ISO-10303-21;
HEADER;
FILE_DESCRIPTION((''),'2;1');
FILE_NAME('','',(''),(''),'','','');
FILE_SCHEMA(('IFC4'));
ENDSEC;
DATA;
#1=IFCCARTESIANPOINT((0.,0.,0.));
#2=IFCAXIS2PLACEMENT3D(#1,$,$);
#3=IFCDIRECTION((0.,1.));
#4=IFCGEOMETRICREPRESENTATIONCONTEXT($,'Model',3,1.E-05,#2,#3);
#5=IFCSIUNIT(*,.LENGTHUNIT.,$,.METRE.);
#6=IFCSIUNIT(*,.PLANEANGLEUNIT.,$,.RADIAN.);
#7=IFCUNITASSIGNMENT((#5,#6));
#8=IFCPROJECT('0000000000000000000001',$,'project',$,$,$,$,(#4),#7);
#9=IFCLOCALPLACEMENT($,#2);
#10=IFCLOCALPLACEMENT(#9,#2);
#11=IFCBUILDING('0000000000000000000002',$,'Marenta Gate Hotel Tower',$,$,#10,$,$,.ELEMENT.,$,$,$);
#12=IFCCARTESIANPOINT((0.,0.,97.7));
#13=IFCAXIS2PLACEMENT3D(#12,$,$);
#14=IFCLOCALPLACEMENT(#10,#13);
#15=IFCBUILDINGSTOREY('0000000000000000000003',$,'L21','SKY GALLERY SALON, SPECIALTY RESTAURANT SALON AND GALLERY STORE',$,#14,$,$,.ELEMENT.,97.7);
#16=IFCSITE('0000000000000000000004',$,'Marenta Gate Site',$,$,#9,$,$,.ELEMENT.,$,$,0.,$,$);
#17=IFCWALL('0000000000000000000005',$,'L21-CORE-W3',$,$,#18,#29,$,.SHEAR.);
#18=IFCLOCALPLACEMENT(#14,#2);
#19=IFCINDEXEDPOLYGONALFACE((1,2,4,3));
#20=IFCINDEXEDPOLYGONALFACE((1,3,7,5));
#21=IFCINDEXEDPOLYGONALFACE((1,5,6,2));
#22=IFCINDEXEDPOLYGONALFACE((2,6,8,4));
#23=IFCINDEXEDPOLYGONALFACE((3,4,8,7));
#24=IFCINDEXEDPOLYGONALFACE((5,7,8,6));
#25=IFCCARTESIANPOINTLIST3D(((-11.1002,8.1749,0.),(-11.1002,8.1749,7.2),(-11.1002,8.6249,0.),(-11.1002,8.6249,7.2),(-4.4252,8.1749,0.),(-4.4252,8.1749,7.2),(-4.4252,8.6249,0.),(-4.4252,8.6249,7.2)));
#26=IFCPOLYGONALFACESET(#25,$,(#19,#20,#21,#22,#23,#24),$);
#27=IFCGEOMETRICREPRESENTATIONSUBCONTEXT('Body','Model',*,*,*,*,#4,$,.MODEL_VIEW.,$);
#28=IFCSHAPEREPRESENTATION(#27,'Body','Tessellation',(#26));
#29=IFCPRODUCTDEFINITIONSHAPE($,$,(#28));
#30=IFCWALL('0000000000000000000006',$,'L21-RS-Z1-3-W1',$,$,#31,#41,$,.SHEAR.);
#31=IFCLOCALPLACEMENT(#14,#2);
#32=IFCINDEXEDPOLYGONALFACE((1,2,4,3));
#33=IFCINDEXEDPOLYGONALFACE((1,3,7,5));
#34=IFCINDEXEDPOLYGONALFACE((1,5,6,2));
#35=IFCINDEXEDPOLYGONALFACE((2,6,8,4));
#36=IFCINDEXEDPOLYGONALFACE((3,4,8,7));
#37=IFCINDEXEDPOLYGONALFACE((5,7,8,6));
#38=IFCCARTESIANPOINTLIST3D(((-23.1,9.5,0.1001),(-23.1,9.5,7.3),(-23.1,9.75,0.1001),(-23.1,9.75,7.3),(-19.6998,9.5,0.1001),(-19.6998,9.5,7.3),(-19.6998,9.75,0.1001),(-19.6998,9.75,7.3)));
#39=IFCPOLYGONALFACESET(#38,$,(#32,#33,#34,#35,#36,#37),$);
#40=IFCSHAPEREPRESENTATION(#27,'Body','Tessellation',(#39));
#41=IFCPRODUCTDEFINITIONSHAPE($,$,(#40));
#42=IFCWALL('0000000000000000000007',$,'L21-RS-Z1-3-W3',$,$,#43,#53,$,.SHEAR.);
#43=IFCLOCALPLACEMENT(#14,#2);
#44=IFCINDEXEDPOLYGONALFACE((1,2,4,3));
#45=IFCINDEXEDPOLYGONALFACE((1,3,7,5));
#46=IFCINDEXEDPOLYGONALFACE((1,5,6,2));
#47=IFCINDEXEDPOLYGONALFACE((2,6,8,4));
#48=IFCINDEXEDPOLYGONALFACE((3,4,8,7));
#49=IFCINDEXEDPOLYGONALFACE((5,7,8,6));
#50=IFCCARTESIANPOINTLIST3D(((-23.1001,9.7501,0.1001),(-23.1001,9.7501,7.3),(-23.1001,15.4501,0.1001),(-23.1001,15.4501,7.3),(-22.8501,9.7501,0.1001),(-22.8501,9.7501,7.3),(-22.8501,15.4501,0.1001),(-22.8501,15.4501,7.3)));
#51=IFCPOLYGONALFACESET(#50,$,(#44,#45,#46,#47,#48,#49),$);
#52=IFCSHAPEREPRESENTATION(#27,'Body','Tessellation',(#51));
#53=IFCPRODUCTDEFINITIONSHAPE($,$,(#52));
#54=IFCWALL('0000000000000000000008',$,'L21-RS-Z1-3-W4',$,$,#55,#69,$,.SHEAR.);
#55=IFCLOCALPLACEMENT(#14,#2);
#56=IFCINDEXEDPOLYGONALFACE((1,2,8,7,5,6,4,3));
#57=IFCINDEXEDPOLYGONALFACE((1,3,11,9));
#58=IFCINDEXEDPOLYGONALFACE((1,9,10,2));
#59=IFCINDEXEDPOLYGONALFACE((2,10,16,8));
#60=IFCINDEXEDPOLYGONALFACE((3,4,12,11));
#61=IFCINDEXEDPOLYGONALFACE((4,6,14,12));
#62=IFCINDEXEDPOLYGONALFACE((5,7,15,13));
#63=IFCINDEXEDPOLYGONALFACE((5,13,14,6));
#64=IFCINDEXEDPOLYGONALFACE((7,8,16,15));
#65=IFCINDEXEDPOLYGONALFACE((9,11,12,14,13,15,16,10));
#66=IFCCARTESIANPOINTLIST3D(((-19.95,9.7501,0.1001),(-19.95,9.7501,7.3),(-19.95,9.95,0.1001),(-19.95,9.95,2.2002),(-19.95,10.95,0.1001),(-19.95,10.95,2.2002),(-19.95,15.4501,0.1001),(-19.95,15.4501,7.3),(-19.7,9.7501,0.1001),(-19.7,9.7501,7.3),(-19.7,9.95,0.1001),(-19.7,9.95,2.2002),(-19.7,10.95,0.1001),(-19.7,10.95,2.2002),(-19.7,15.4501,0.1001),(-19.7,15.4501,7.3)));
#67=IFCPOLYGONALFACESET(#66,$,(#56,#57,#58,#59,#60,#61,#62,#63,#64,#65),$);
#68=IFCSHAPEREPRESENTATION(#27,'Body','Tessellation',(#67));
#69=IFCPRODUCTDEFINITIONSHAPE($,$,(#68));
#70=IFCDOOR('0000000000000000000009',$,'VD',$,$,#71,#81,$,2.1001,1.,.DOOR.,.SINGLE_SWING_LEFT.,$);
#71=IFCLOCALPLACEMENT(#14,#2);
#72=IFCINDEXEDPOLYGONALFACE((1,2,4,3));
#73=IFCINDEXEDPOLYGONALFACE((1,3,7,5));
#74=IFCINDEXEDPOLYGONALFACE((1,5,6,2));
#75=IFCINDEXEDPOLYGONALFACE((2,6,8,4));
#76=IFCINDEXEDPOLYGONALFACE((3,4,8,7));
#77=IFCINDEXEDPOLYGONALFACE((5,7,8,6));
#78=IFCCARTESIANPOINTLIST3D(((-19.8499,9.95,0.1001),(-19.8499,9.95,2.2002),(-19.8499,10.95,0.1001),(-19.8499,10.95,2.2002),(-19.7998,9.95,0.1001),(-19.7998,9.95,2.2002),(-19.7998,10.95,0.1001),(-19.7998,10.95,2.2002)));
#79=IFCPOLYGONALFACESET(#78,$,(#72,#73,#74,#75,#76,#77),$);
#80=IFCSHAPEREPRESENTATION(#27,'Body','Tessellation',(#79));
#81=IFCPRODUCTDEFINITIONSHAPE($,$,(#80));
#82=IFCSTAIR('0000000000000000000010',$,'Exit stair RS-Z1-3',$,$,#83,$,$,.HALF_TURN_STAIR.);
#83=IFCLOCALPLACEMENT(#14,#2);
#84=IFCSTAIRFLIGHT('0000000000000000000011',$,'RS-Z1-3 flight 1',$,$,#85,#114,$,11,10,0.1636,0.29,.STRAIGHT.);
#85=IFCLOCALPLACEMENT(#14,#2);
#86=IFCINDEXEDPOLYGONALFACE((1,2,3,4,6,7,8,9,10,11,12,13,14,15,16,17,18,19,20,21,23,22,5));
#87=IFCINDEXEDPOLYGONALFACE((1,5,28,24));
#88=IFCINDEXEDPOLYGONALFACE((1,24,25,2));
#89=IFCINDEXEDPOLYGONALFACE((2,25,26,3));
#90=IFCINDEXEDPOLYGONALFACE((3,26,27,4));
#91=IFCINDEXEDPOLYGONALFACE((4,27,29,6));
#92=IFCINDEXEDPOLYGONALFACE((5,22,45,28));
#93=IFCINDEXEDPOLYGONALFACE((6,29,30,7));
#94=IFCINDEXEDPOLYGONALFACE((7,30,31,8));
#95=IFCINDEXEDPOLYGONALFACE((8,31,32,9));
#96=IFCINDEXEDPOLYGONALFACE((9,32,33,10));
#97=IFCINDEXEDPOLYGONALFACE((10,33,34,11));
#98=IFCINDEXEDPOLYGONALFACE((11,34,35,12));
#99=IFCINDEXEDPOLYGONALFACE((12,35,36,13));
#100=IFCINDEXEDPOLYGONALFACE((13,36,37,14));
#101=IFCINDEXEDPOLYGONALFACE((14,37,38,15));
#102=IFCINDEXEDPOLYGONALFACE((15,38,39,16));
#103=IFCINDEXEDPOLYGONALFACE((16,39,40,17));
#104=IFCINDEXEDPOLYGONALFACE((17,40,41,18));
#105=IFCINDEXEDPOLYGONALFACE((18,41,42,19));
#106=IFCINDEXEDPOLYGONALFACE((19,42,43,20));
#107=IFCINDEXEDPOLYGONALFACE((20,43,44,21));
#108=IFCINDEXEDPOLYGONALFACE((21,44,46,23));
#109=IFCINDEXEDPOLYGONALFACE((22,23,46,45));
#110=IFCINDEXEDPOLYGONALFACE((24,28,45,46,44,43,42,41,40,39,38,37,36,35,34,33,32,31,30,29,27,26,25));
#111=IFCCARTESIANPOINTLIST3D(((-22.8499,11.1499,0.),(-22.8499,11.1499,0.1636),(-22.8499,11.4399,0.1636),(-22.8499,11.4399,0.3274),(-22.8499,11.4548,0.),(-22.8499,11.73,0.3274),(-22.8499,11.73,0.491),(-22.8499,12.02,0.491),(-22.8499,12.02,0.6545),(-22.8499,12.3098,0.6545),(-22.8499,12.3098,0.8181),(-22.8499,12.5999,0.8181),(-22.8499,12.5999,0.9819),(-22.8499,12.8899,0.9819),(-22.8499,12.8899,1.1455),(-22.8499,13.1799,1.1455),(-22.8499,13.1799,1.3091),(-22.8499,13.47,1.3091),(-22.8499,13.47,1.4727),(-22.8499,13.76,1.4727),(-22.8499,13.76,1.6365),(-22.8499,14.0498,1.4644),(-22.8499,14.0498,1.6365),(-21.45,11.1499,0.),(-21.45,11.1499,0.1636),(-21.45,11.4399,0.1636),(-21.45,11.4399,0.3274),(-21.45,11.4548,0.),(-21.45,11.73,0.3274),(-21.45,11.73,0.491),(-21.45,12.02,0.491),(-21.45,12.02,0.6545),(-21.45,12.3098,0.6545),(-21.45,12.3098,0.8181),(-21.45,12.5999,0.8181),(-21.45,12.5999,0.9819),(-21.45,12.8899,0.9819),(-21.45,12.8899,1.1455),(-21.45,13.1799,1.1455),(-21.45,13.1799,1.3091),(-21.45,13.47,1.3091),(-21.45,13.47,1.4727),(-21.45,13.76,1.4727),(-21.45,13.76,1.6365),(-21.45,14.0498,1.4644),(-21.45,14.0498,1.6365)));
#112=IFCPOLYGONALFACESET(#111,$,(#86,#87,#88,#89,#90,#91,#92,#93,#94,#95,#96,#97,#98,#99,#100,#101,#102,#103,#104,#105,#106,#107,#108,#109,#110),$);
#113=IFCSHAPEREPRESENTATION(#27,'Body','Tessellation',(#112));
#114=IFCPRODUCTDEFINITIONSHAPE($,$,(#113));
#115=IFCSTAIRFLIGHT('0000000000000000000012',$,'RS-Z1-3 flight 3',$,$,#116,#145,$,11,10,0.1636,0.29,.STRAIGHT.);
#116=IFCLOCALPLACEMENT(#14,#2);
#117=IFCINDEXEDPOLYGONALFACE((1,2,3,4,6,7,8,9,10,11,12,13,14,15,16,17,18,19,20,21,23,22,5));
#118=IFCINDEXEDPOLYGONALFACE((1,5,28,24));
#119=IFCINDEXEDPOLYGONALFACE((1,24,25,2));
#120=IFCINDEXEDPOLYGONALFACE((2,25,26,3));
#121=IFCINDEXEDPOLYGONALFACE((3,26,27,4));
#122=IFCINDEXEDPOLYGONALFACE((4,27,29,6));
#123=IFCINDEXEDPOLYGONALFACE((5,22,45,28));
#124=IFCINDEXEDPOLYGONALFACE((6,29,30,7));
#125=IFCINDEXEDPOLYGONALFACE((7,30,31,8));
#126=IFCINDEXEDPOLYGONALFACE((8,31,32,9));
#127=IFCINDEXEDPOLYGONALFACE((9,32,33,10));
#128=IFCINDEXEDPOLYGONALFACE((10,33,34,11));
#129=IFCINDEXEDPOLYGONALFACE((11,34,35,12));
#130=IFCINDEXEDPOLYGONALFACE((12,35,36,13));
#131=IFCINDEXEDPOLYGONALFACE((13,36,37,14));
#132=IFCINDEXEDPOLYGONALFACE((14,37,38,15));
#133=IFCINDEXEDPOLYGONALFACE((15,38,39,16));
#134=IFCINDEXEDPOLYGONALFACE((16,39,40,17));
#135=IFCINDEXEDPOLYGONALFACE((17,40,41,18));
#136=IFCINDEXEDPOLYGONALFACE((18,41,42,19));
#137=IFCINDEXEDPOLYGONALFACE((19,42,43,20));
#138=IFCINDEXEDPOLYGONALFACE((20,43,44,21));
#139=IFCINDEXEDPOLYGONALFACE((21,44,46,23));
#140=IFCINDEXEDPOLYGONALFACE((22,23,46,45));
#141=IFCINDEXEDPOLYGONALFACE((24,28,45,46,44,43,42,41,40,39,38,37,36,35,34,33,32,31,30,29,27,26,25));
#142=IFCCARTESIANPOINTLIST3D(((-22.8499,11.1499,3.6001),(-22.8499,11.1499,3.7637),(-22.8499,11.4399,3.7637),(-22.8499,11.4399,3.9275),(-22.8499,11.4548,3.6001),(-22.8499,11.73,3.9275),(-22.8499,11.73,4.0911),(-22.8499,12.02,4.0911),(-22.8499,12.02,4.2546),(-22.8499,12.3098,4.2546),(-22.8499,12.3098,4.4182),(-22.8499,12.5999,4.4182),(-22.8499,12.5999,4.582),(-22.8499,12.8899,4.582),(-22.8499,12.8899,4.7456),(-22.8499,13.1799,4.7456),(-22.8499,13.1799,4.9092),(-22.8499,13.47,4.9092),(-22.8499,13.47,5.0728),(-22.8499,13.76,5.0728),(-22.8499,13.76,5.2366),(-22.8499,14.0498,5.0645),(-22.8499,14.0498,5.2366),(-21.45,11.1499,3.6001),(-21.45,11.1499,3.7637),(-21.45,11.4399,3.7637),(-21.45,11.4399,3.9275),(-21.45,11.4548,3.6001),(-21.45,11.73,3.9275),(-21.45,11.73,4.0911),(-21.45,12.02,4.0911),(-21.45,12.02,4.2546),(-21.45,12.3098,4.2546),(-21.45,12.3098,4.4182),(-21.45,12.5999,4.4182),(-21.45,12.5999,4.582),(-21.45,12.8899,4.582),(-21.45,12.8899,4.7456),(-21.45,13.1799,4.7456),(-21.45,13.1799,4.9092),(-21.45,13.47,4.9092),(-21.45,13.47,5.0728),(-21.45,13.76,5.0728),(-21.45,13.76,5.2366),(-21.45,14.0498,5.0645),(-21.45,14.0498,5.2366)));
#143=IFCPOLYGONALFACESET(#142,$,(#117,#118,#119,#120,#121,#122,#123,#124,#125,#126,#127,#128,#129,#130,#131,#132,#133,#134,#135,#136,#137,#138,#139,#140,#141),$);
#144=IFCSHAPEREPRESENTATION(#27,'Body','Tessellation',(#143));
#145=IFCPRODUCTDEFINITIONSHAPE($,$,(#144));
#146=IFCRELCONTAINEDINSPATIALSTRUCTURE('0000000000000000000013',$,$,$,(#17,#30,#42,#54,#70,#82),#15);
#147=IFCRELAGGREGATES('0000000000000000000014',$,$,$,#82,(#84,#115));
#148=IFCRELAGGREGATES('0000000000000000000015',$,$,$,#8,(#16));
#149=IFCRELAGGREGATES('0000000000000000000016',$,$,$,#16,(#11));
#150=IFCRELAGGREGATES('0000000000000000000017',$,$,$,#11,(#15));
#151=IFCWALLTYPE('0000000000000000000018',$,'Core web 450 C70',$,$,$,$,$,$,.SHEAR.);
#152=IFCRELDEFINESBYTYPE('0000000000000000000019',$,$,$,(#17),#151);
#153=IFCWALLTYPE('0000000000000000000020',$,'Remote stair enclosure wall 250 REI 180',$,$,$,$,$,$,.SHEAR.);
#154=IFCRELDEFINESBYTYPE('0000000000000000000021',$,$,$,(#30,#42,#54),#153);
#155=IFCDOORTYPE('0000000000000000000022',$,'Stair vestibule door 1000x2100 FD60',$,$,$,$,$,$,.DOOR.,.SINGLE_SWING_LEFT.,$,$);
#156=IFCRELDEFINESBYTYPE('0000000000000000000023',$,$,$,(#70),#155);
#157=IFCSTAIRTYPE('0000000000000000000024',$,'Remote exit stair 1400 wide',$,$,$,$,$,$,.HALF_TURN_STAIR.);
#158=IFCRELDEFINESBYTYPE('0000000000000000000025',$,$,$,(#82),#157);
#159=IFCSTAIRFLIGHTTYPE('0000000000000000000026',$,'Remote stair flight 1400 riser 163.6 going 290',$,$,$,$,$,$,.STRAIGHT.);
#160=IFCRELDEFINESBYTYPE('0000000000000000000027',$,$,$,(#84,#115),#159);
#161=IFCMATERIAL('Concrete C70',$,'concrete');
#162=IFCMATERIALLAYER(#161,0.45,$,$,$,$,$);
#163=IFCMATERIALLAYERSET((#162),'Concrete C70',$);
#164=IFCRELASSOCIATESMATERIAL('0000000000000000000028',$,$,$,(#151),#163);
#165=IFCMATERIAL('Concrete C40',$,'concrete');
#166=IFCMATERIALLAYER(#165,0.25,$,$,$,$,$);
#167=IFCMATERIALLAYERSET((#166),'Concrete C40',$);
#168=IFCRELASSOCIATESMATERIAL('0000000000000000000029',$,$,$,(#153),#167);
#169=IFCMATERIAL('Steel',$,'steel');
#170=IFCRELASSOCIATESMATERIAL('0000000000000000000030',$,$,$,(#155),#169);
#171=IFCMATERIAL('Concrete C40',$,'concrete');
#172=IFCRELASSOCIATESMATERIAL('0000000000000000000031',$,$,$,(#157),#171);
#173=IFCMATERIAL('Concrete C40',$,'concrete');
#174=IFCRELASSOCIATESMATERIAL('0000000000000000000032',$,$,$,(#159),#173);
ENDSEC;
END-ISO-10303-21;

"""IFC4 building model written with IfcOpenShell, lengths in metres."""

from ifc_helpers import new_model, si_unit, direction, frame, frame_2d, origin, place, context, subcontext, project, spatial, polyline, rectangle, outline, extrude, material, layer, layer_set, type_object, element, fill, aggregate, save


model = new_model("IFC4")

# Units and contexts
model_context = context("Model", 3, precision=1e-05, world=origin(), true_north=direction((0.0, 1.0)))
body_context = subcontext(model_context, "Body", "Model", "MODEL_VIEW")
ifc_project = project(units=[si_unit("LENGTHUNIT", "METRE"), si_unit("PLANEANGLEUNIT", "RADIAN")], contexts=[model_context])

# Site, building, storey
site_placement = place(None, origin())
site = spatial("IfcSite", under=ifc_project, at=site_placement, Name="Marenta Gate Site", CompositionType="ELEMENT", RefElevation=0.0)
building_placement = place(site_placement, origin())
building = spatial("IfcBuilding", under=site, at=building_placement, Name="Marenta Gate Hotel Tower", CompositionType="ELEMENT")
storey_placement = place(building_placement, frame((0.0, 0.0, 97.7)))
storey = spatial("IfcBuildingStorey", under=building, at=storey_placement, Name="L21", Description="SKY GALLERY SALON, SPECIALTY RESTAURANT SALON AND GALLERY STORE", CompositionType="ELEMENT", Elevation=97.7)

# Walls
ifc_material_1 = material(Name="Concrete C70", Category="concrete")
ifc_layer_1 = layer(ifc_material_1, 0.45)
ifc_layer_set_1 = layer_set([ifc_layer_1], Name="Concrete C70")
wall_type_1 = type_object("IfcWallType", Name="Core web 450 C70", PredefinedType="SHEAR", material=ifc_layer_set_1)
wall_1_placement = place(storey_placement, frame((-11.1001, 8.3999, 0.0), z_axis=(0.0, 0.0, 1.0), x_axis=(1.0, 0.0, 0.0)))
element("IfcWall", 1, at=wall_1_placement, inside=storey, type_object=wall_type_1, Name="L21-CORE-W3", PredefinedType="SHEAR", context=body_context, shape_type="SweptSolid", body=[
    extrude(rectangle(XDim=6.675, YDim=0.45, at=frame_2d((3.3374, 0.0))), origin(), (0.0, 0.0, 1.0), 7.2),
])
ifc_material_2 = material(Name="Concrete C40", Category="concrete")
ifc_layer_2 = layer(ifc_material_2, 0.25)
ifc_layer_set_2 = layer_set([ifc_layer_2], Name="Concrete C40")
wall_type_2 = type_object("IfcWallType", Name="Remote stair enclosure wall 250 REI 180", PredefinedType="SHEAR", material=ifc_layer_set_2)
wall_2_placement = place(storey_placement, frame((-23.1001, 9.625, 0.1001), z_axis=(0.0, 0.0, 1.0), x_axis=(1.0, 0.0, 0.0)))
element("IfcWall", 2, at=wall_2_placement, inside=storey, type_object=wall_type_2, Name="L21-RS-Z1-3-W1", PredefinedType="SHEAR", context=body_context, shape_type="SweptSolid", body=[
    extrude(rectangle(XDim=3.4001, YDim=0.25, at=frame_2d((1.7002, 0.0))), origin(), (0.0, 0.0, 1.0), 7.2),
])
wall_3_placement = place(storey_placement, frame((-22.9751, 9.75, 0.1001), z_axis=(0.0, 0.0, 1.0), x_axis=(0.0, 1.0, 0.0)))
element("IfcWall", 3, at=wall_3_placement, inside=storey, type_object=wall_type_2, Name="L21-RS-Z1-3-W3", PredefinedType="SHEAR", context=body_context, shape_type="SweptSolid", body=[
    extrude(rectangle(XDim=5.7, YDim=0.25, at=frame_2d((2.8501, 0.0))), origin(), (0.0, 0.0, 1.0), 7.2),
])

# Wall, opening, door
wall_4_placement = place(storey_placement, frame((-19.825, 9.75, 0.1001), z_axis=(0.0, 0.0, 1.0), x_axis=(0.0, 1.0, 0.0)))
wall_4 = element("IfcWall", 4, at=wall_4_placement, inside=storey, type_object=wall_type_2, Name="L21-RS-Z1-3-W4", PredefinedType="SHEAR", context=body_context, shape_type="SweptSolid", body=[
    extrude(rectangle(XDim=5.7, YDim=0.25, at=frame_2d((2.8501, 0.0))), origin(), (0.0, 0.0, 1.0), 7.2),
])
opening_1_placement = place(wall_4_placement, frame((0.2, 0.0, 0.0)))
opening_1 = element("IfcOpeningElement", 5, at=opening_1_placement, cuts=wall_4, PredefinedType="OPENING", context=body_context, shape_type="SweptSolid", body=[
    extrude(rectangle(XDim=1.0, YDim=2.1001, at=frame_2d((0.5, 1.05))), frame((0.0, 0.125, 0.0), z_axis=(0.0, -1.0, 0.0), x_axis=(1.0, 0.0, 0.0)), (0.0, 0.0, 1.0), 0.25),
])
ifc_material_3 = material(Name="Steel", Category="steel")
door_type_1 = type_object("IfcDoorType", Name="Stair vestibule door 1000x2100 FD60", OperationType="SINGLE_SWING_LEFT", PredefinedType="DOOR", material=ifc_material_3)
door_1_placement = place(opening_1_placement, origin())
door_1 = element("IfcDoor", 6, at=door_1_placement, inside=storey, type_object=door_type_1, Name="VD", OperationType="SINGLE_SWING_LEFT", OverallHeight=2.1001, OverallWidth=1.0, PredefinedType="DOOR", context=body_context, shape_type="SweptSolid", body=[
    extrude(rectangle(XDim=1.0, YDim=2.1001, at=frame_2d((0.5, 1.05))), frame((0.0, 0.0249, 0.0), z_axis=(0.0, -1.0, 0.0), x_axis=(1.0, 0.0, 0.0)), (0.0, 0.0, 1.0), 0.05),
])
fill(opening_1, door_1)

# Stair, stair flights
ifc_material_4 = material(Name="Concrete C40", Category="concrete")
stair_type = type_object("IfcStairType", Name="Remote exit stair 1400 wide", PredefinedType="HALF_TURN_STAIR", material=ifc_material_4)
stair_placement = place(storey_placement, origin())
stair = element("IfcStair", 7, at=stair_placement, inside=storey, type_object=stair_type, Name="Exit stair RS-Z1-3", PredefinedType="HALF_TURN_STAIR")
ifc_material_5 = material(Name="Concrete C40", Category="concrete")
stair_flight_type = type_object("IfcStairFlightType", Name="Remote stair flight 1400 riser 163.6 going 290", PredefinedType="STRAIGHT", material=ifc_material_5)
stair_flight_1_placement = place(storey_placement, frame((-22.1499, 11.1499, 0.0), z_axis=(0.0, 0.0, 1.0), x_axis=(0.0, 1.0, 0.0)))
stair_flight_1 = element("IfcStairFlight", 8, at=stair_flight_1_placement, type_object=stair_flight_type, Name="RS-Z1-3 flight 1", NumberOfRisers=11, NumberOfTreads=10, PredefinedType="STRAIGHT", RiserHeight=0.1636, TreadLength=0.29, context=body_context, shape_type="SweptSolid", body=[
    extrude(outline(polyline([(0.0, 0.0), (0.0, 0.1636), (0.29, 0.1636), (0.29, 0.3274), (0.5801, 0.3274), (0.5801, 0.491), (0.8701, 0.491), (0.8701, 0.6545), (1.1599, 0.6545), (1.1599, 0.8181), (1.45, 0.8181), (1.45, 0.9819), (1.74, 0.9819), (1.74, 1.1455), (2.03, 1.1455), (2.03, 1.3091), (2.3201, 1.3091), (2.3201, 1.4727), (2.6101, 1.4727), (2.6101, 1.6365), (2.8999, 1.6365), (2.8999, 1.8), (2.8999, 1.4644), (0.3049, 0.0), (0.0, 0.0)])), frame((0.0, 0.7, 0.0), z_axis=(0.0, -1.0, 0.0), x_axis=(1.0, 0.0, 0.0)), (0.0, 0.0, 1.0), 1.3999),
])
stair_flight_2_placement = place(storey_placement, frame((-22.1499, 11.1499, 3.6001), z_axis=(0.0, 0.0, 1.0), x_axis=(0.0, 1.0, 0.0)))
stair_flight_2 = element("IfcStairFlight", 9, at=stair_flight_2_placement, type_object=stair_flight_type, Name="RS-Z1-3 flight 3", NumberOfRisers=11, NumberOfTreads=10, PredefinedType="STRAIGHT", RiserHeight=0.1636, TreadLength=0.29, context=body_context, shape_type="SweptSolid", body=[
    extrude(outline(polyline([(0.0, 0.0), (0.0, 0.1636), (0.29, 0.1636), (0.29, 0.3274), (0.5801, 0.3274), (0.5801, 0.491), (0.8701, 0.491), (0.8701, 0.6545), (1.1599, 0.6545), (1.1599, 0.8181), (1.45, 0.8181), (1.45, 0.9819), (1.74, 0.9819), (1.74, 1.1455), (2.03, 1.1455), (2.03, 1.3091), (2.3201, 1.3091), (2.3201, 1.4727), (2.6101, 1.4727), (2.6101, 1.6365), (2.8999, 1.6365), (2.8999, 1.8), (2.8999, 1.4644), (0.3049, 0.0), (0.0, 0.0)])), frame((0.0, 0.7, 0.0), z_axis=(0.0, -1.0, 0.0), x_axis=(1.0, 0.0, 0.0)), (0.0, 0.0, 1.0), 1.3999),
])
aggregate(stair, [stair_flight_1, stair_flight_2])

save(model, "model.ifc")
